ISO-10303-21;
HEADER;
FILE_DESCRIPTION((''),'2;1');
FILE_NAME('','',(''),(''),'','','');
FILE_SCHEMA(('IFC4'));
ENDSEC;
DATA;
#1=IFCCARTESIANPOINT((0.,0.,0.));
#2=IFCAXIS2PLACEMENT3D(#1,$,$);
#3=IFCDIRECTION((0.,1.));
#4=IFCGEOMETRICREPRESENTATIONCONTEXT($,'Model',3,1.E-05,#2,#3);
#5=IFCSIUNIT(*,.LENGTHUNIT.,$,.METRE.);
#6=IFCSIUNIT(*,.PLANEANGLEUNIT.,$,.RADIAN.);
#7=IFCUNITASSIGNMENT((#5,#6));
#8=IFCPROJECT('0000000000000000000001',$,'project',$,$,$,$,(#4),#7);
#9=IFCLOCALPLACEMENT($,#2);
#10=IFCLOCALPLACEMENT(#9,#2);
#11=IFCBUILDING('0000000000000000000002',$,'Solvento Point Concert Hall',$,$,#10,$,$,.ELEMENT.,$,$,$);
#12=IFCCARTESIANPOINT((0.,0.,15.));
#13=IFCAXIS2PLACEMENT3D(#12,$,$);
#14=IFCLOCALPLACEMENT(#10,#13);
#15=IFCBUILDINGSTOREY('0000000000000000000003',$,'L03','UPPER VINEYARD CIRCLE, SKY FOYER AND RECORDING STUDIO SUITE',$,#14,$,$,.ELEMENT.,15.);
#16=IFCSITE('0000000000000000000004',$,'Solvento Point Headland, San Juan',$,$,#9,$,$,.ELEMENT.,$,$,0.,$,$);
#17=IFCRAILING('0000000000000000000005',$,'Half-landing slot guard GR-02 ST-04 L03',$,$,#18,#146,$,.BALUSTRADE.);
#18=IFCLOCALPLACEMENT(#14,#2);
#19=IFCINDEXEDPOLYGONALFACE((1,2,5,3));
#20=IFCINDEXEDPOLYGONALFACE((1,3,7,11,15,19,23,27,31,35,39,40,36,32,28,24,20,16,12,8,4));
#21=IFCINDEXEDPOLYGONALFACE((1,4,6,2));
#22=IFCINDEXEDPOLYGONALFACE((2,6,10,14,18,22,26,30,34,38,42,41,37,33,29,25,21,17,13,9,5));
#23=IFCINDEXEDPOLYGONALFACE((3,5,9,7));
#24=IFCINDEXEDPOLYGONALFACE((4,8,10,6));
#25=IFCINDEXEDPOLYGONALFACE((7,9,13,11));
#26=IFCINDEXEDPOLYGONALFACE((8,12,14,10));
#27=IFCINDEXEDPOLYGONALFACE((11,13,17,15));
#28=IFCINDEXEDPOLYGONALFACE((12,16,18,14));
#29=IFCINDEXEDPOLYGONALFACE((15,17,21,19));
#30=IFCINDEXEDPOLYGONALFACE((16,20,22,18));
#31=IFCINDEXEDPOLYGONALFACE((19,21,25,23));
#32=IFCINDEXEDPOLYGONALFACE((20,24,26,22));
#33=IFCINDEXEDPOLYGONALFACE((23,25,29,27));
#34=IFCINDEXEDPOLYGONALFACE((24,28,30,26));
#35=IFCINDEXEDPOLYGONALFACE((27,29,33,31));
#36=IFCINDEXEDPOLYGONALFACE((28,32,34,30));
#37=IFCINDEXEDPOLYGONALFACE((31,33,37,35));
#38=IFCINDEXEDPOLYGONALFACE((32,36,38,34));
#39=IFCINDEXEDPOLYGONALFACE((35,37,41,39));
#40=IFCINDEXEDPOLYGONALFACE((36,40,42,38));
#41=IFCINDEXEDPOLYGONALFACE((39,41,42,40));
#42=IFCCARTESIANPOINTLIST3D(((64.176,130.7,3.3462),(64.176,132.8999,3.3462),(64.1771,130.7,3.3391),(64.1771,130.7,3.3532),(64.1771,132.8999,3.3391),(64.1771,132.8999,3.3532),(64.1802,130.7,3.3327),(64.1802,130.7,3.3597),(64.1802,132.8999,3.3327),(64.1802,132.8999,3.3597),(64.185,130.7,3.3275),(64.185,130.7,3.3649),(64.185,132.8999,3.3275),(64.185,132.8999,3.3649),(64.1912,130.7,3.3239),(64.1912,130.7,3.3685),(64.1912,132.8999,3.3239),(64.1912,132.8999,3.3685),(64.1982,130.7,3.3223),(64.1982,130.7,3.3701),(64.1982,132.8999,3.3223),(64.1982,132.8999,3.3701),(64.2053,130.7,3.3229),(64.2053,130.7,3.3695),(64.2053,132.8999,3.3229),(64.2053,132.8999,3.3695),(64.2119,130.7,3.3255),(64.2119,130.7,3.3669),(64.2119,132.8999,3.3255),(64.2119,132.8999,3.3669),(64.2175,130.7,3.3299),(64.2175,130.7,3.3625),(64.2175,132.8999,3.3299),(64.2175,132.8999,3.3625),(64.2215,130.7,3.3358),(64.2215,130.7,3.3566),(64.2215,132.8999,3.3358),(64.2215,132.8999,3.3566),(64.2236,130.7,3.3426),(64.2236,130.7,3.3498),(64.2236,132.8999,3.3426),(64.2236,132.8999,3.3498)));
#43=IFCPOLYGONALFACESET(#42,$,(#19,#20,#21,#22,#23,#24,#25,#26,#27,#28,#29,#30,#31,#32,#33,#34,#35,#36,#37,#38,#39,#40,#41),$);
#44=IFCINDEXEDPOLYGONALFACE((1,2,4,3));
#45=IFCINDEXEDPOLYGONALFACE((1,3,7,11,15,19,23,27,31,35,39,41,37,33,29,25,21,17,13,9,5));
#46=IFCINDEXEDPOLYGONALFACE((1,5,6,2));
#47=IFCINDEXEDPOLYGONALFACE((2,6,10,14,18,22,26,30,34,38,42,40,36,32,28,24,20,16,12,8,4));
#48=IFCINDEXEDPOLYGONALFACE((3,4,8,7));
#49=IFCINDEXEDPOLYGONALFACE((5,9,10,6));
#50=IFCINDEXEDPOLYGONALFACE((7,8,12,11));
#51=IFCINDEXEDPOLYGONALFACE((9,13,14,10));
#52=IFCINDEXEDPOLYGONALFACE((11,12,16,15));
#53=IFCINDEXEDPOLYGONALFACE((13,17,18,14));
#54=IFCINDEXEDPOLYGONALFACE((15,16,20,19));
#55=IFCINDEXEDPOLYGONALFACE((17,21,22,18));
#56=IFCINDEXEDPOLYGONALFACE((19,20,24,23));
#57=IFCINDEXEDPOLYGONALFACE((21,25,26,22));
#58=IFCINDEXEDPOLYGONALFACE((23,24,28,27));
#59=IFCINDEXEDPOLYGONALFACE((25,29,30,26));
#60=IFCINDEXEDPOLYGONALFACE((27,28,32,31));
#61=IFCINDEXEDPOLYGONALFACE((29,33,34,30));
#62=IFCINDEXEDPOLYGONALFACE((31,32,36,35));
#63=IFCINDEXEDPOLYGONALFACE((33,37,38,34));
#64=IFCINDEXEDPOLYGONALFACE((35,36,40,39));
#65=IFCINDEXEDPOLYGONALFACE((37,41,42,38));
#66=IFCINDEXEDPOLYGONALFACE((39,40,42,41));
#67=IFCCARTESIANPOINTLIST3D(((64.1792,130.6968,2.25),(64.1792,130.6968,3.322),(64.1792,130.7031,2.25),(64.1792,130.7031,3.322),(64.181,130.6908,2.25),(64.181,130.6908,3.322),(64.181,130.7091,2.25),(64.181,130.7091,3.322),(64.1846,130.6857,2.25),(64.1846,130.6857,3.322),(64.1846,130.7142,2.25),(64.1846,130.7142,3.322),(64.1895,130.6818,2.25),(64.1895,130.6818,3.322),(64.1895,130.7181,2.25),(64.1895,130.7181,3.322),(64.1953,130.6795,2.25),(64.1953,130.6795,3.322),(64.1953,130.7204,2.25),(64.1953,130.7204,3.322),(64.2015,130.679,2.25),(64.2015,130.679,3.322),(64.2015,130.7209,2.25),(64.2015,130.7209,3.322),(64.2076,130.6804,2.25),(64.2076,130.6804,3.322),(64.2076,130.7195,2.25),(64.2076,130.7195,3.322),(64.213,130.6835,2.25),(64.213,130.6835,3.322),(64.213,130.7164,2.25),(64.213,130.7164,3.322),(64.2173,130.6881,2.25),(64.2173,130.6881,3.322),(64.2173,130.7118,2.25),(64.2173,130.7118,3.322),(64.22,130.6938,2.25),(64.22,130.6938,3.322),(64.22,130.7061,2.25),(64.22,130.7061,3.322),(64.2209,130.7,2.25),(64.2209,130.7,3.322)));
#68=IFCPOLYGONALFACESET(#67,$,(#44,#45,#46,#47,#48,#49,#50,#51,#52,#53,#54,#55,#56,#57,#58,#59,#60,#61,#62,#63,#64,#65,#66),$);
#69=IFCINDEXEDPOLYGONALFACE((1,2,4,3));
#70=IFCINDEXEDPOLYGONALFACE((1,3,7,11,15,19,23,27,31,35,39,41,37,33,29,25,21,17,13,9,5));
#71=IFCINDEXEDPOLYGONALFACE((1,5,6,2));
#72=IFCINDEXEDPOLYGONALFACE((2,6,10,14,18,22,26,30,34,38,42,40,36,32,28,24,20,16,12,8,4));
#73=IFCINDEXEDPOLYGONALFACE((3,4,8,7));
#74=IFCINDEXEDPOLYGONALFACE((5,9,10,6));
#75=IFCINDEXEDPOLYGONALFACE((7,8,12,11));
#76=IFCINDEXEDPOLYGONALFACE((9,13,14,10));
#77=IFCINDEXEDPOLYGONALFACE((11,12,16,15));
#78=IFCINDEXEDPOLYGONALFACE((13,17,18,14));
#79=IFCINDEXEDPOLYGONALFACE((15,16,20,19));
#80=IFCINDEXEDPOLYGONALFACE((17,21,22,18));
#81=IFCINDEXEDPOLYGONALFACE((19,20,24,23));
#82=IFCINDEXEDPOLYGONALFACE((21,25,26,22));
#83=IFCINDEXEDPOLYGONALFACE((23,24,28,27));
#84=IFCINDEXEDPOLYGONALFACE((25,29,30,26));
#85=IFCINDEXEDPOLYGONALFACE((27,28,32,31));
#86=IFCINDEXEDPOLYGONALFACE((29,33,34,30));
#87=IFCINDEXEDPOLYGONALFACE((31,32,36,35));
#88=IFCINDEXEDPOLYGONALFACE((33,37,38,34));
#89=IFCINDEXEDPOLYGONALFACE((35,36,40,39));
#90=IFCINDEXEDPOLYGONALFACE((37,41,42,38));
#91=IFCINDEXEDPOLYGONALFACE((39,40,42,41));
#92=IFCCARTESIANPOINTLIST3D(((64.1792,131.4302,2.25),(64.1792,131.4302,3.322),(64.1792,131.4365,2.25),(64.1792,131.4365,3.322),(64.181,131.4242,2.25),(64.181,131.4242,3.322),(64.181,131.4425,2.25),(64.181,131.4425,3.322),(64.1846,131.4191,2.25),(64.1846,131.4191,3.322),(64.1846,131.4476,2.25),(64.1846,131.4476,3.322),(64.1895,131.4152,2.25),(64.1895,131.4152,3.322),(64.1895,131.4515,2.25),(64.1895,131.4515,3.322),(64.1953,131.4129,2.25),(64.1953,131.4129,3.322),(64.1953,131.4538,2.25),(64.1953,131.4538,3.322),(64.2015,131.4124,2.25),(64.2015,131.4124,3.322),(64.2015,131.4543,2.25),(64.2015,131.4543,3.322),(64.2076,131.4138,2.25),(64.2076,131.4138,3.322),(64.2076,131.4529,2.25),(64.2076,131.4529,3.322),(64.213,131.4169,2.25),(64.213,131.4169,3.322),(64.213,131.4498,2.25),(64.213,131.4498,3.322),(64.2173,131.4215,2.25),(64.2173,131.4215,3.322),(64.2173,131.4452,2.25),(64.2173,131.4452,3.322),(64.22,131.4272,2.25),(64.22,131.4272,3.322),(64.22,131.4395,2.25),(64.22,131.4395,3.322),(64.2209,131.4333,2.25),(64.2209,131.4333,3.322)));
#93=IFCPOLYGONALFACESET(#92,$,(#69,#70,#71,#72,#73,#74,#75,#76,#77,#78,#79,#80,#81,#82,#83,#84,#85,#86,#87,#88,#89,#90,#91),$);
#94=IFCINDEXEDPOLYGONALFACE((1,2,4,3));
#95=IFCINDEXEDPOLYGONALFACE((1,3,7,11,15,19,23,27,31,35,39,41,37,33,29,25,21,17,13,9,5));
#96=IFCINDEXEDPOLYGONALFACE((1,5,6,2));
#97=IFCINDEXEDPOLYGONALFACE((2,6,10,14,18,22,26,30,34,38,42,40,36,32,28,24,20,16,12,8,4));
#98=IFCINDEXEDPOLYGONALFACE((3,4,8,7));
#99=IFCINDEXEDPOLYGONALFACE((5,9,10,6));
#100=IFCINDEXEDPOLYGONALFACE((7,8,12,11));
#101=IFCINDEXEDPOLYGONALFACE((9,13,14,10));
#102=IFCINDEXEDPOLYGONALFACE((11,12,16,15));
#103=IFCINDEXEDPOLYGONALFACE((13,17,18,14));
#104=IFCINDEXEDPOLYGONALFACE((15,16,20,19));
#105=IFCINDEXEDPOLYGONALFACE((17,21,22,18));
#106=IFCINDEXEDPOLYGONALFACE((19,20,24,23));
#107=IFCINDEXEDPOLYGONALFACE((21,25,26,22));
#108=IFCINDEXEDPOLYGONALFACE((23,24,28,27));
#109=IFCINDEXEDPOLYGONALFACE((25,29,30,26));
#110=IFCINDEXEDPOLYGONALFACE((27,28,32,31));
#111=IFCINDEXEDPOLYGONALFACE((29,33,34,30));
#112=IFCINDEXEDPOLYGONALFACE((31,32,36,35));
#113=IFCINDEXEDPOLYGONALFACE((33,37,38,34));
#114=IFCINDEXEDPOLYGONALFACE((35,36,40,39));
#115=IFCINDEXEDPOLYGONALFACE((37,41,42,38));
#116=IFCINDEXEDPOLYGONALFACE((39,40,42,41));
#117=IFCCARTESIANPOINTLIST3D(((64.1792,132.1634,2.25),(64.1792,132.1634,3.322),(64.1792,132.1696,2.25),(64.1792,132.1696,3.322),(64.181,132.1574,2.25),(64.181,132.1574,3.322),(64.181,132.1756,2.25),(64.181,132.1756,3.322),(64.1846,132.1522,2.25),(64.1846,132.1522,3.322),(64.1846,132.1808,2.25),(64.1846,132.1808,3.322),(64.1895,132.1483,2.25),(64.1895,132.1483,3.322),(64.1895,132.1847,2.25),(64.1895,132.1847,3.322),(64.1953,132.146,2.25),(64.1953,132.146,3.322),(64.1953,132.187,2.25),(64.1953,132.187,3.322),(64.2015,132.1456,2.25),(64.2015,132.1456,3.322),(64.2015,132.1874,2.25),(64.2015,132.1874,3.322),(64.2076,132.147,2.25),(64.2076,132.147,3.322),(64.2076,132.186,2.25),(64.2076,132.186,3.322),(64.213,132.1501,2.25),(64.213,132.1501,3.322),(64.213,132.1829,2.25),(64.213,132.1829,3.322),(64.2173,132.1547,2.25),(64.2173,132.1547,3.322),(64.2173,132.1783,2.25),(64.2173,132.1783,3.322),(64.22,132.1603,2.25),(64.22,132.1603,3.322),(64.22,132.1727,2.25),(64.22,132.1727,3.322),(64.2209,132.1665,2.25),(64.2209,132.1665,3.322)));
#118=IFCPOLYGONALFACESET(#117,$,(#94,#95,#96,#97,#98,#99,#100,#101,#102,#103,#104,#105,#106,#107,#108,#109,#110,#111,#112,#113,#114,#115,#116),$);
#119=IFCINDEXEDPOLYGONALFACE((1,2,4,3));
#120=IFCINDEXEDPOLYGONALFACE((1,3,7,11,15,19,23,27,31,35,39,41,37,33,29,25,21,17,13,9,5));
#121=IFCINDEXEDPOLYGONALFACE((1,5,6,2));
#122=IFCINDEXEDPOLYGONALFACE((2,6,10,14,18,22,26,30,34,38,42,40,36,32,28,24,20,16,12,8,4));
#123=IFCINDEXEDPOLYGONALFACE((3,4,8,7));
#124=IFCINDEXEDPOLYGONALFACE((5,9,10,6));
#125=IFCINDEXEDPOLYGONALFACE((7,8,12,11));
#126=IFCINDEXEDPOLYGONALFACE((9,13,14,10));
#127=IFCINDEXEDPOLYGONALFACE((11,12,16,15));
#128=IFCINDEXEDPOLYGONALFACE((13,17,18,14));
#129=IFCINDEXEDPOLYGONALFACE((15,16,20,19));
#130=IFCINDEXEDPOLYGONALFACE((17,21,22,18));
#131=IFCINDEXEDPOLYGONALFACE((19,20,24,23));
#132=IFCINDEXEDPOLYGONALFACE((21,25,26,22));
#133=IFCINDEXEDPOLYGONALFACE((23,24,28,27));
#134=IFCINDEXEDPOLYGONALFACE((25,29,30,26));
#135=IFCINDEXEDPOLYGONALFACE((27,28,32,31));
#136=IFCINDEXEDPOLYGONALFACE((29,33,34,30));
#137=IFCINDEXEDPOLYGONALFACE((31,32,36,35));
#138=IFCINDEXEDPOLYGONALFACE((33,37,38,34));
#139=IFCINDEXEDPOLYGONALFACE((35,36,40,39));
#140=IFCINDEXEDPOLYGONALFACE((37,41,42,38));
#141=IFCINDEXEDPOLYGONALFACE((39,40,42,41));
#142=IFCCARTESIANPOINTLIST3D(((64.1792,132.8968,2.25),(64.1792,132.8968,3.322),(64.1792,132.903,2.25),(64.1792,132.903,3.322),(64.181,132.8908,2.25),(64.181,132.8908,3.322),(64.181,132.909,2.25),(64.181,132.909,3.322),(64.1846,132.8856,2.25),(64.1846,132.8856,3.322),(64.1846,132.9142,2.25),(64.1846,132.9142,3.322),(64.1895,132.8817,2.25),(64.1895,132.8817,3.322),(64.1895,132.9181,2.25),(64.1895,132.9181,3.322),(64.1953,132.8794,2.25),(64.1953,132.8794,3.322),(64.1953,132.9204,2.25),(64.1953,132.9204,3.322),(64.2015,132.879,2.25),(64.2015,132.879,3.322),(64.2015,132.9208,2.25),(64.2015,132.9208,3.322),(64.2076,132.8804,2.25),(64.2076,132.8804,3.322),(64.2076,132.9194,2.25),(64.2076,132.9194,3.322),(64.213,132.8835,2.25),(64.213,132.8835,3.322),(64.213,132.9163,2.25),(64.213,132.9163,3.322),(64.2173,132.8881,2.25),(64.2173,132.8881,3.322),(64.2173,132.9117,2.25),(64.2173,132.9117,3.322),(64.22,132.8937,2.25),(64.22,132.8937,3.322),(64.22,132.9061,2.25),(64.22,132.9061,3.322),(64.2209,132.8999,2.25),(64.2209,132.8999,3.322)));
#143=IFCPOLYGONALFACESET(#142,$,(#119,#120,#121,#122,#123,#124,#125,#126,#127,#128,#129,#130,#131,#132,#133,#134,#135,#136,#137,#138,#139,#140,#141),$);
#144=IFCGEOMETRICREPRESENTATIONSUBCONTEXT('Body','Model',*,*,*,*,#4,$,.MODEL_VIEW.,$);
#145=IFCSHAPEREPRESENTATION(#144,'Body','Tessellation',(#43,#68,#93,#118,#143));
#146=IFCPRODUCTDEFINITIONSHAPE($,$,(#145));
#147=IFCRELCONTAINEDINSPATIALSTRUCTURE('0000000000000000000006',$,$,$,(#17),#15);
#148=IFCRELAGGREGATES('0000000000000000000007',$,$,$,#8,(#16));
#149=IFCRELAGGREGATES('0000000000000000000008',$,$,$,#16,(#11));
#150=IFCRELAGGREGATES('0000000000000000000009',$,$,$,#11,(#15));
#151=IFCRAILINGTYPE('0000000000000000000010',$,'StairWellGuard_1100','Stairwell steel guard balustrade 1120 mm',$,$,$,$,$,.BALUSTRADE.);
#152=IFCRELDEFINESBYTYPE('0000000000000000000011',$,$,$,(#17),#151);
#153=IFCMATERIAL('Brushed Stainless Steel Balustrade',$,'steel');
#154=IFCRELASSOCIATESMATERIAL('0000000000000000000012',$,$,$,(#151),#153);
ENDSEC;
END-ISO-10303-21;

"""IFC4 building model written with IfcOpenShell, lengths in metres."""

from ifc_helpers import new_model, si_unit, direction, frame, origin, origin_2d, place, context, subcontext, project, spatial, circle, extrude, material, type_object, element, save


model = new_model("IFC4")

# Units and contexts
model_context = context("Model", 3, precision=1e-05, world=origin(), true_north=direction((0.0, 1.0)))
body_context = subcontext(model_context, "Body", "Model", "MODEL_VIEW")
ifc_project = project(units=[si_unit("LENGTHUNIT", "METRE"), si_unit("PLANEANGLEUNIT", "RADIAN")], contexts=[model_context])

# Site, building, storey
site_placement = place(None, origin())
site = spatial("IfcSite", under=ifc_project, at=site_placement, Name="Solvento Point Headland, San Juan", CompositionType="ELEMENT", RefElevation=0.0)
building_placement = place(site_placement, origin())
building = spatial("IfcBuilding", under=site, at=building_placement, Name="Solvento Point Concert Hall", CompositionType="ELEMENT")
storey_placement = place(building_placement, frame((0.0, 0.0, 15.0)))
storey = spatial("IfcBuildingStorey", under=building, at=storey_placement, Name="L03", Description="UPPER VINEYARD CIRCLE, SKY FOYER AND RECORDING STUDIO SUITE", CompositionType="ELEMENT", Elevation=15.0)

# Railing
ifc_material_1 = material(Name="Brushed Stainless Steel Balustrade", Category="steel")
railing_type_1 = type_object("IfcRailingType", Name="StairWellGuard_1100", Description="Stairwell steel guard balustrade 1120 mm", PredefinedType="BALUSTRADE", material=ifc_material_1)
railing_1_placement = place(storey_placement, frame((64.2, 130.7, 2.25)))
element("IfcRailing", 1, at=railing_1_placement, inside=storey, type_object=railing_type_1, Name="Half-landing slot guard GR-02 ST-04 L03", PredefinedType="BALUSTRADE", context=body_context, shape_type="SweptSolid", body=[
    extrude(circle(Radius=0.0239, at=origin_2d()), frame((0.0, 0.0, 1.0962), z_axis=(0.0, 1.0, 0.0), x_axis=(-1.0, 0.0, 0.0)), (0.0, 0.0, 1.0), 2.2),
    extrude(circle(Radius=0.021, at=origin_2d()), origin(), (0.0, 0.0, 1.0), 1.072),
    extrude(circle(Radius=0.021, at=origin_2d()), frame((0.0, 0.7334, 0.0)), (0.0, 0.0, 1.0), 1.072),
    extrude(circle(Radius=0.021, at=origin_2d()), frame((0.0, 1.4666, 0.0)), (0.0, 0.0, 1.0), 1.072),
    extrude(circle(Radius=0.021, at=origin_2d()), frame((0.0, 2.2, 0.0)), (0.0, 0.0, 1.0), 1.072),
])

save(model, "model.ifc")
